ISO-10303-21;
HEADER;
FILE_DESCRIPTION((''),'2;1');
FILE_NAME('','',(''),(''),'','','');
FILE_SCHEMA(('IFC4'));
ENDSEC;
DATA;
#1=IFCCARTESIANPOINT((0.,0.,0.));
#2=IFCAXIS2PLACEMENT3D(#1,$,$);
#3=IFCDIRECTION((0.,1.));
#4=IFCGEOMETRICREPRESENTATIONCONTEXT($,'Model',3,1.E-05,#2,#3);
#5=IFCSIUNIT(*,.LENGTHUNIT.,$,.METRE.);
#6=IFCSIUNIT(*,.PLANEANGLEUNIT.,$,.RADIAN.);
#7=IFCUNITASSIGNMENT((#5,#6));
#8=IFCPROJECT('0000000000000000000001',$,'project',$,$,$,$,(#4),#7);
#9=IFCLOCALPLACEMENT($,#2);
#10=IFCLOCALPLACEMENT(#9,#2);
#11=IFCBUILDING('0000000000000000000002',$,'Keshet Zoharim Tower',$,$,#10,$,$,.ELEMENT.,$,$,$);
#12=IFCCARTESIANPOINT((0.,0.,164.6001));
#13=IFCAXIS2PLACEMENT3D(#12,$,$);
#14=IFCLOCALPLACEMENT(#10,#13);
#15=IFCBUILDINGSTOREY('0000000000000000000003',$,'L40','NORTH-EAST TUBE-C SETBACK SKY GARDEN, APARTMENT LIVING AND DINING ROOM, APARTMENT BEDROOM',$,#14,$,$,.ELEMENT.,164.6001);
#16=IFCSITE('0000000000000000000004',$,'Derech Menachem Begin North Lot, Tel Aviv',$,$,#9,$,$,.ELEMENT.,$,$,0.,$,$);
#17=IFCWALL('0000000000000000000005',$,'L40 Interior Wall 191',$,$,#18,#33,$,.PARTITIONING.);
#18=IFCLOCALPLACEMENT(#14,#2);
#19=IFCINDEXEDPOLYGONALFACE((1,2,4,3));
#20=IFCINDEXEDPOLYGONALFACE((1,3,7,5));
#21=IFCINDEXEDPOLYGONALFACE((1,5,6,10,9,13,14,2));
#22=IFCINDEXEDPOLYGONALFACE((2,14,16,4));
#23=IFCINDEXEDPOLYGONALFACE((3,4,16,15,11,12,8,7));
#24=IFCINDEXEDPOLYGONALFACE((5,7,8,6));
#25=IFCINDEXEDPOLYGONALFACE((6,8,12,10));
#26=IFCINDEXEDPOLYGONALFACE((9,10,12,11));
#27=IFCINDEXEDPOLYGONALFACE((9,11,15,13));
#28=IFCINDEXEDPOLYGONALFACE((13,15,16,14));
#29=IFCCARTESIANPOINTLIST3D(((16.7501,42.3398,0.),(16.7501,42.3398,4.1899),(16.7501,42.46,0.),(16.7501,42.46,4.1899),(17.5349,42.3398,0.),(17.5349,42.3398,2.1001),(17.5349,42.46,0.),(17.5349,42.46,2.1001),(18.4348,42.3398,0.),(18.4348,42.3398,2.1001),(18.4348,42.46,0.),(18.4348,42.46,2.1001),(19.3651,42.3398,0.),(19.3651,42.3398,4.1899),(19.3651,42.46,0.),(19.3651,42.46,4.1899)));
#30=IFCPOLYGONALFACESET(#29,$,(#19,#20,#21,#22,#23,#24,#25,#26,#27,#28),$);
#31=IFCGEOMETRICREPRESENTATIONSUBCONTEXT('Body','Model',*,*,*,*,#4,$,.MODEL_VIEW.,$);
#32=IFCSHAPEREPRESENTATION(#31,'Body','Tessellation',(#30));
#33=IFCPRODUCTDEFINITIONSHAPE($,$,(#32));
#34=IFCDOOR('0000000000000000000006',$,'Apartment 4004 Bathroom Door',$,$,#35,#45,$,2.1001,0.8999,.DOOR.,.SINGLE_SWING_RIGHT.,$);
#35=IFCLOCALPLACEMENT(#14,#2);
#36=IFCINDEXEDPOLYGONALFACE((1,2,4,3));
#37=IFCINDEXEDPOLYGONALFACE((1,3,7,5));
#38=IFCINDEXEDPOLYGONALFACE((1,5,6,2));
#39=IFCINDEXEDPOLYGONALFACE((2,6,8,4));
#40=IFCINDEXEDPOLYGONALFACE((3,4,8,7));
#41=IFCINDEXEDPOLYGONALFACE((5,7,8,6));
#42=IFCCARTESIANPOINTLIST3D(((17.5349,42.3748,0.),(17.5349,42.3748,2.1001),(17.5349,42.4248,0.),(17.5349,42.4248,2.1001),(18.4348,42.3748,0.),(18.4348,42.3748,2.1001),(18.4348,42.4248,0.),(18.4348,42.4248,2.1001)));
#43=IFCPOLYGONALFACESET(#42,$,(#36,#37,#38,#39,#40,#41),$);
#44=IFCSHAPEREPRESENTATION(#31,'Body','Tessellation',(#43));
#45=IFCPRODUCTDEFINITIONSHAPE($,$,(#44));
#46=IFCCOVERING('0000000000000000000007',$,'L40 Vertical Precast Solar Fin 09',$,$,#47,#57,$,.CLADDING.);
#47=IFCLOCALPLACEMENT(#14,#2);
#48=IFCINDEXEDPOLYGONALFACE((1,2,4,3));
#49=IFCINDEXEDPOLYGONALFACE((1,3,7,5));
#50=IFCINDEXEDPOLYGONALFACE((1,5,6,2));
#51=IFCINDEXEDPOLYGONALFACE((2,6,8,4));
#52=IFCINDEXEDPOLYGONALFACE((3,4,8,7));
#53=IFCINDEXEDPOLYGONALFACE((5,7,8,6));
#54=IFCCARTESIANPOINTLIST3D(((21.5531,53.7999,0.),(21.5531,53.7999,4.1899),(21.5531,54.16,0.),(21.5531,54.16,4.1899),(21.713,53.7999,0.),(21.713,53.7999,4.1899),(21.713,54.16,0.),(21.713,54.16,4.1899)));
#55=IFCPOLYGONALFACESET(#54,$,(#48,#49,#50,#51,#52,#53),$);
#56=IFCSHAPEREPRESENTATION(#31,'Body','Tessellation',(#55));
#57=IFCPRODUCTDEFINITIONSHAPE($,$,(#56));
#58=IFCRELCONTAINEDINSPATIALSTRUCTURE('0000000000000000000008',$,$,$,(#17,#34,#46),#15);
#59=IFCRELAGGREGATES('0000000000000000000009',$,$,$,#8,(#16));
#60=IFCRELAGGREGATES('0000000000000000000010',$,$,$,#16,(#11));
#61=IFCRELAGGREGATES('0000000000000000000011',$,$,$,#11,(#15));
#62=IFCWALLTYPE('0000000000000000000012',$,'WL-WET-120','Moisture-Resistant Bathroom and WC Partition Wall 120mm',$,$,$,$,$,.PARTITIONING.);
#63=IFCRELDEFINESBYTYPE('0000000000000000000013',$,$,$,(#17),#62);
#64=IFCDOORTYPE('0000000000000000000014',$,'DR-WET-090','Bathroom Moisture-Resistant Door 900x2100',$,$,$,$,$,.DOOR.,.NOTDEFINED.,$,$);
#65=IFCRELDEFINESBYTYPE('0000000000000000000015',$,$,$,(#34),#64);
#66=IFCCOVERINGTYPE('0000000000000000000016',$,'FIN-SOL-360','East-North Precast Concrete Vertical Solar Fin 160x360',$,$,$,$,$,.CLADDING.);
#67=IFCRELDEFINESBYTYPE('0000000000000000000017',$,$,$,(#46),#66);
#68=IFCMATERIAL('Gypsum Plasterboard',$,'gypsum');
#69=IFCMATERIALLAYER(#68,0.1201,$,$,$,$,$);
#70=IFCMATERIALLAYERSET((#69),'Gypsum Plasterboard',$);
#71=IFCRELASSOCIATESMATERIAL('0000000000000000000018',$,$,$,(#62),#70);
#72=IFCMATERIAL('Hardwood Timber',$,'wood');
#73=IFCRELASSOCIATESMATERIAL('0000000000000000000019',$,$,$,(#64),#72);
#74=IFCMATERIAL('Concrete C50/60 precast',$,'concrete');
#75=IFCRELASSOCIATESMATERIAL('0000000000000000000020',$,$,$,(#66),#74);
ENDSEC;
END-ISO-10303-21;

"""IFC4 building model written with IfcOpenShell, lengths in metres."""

from ifc_helpers import new_model, si_unit, direction, frame, frame_2d, origin, origin_2d, place, context, subcontext, project, spatial, rectangle, extrude, material, layer, layer_set, type_object, element, fill, save


model = new_model("IFC4")

# Units and contexts
model_context = context("Model", 3, precision=1e-05, world=origin(), true_north=direction((0.0, 1.0)))
body_context = subcontext(model_context, "Body", "Model", "MODEL_VIEW")
ifc_project = project(units=[si_unit("LENGTHUNIT", "METRE"), si_unit("PLANEANGLEUNIT", "RADIAN")], contexts=[model_context])

# Site, building, storey
site_placement = place(None, origin())
site = spatial("IfcSite", under=ifc_project, at=site_placement, Name="Derech Menachem Begin North Lot, Tel Aviv", CompositionType="ELEMENT", RefElevation=0.0)
building_placement = place(site_placement, origin())
building = spatial("IfcBuilding", under=site, at=building_placement, Name="Keshet Zoharim Tower", CompositionType="ELEMENT")
storey_placement = place(building_placement, frame((0.0, 0.0, 164.6001)))
storey = spatial("IfcBuildingStorey", under=building, at=storey_placement, Name="L40", Description="NORTH-EAST TUBE-C SETBACK SKY GARDEN, APARTMENT LIVING AND DINING ROOM, APARTMENT BEDROOM", CompositionType="ELEMENT", Elevation=164.6001)

# Shared definitions
ifc_material_1 = material(Name="Gypsum Plasterboard", Category="gypsum")

# Shared definitions
ifc_material_2 = material(Name="Hardwood Timber", Category="wood")

# Shared definitions
ifc_layer_1 = layer(ifc_material_1, 0.1201)
ifc_layer_set_1 = layer_set([ifc_layer_1], Name="Gypsum Plasterboard")
wall_type_1 = type_object("IfcWallType", Name="WL-WET-120", Description="Moisture-Resistant Bathroom and WC Partition Wall 120mm", PredefinedType="PARTITIONING", material=ifc_layer_set_1)

# Wall, opening, door
wall_1_placement = place(storey_placement, frame((16.75, 42.3999, 0.0), z_axis=(0.0, 0.0, 1.0), x_axis=(1.0, 0.0, 0.0)))
wall_1 = element("IfcWall", 1, at=wall_1_placement, inside=storey, type_object=wall_type_1, Name="L40 Interior Wall 191", PredefinedType="PARTITIONING", context=body_context, shape_type="SweptSolid", body=[
    extrude(rectangle(XDim=2.615, YDim=0.1201, at=frame_2d((1.3076, 0.0))), origin(), (0.0, 0.0, 1.0), 4.1899),
])
opening_1_placement = place(wall_1_placement, frame((0.7849, 0.0, 0.0)))
opening_1 = element("IfcOpeningElement", 2, at=opening_1_placement, cuts=wall_1, PredefinedType="OPENING", context=body_context, shape_type="SweptSolid", body=[
    extrude(rectangle(XDim=0.8999, YDim=2.1001, at=frame_2d((0.45, 1.05))), frame((0.0, 0.0701, 0.0), z_axis=(0.0, -1.0, 0.0), x_axis=(1.0, 0.0, 0.0)), (0.0, 0.0, 1.0), 0.1401),
])
door_type_1 = type_object("IfcDoorType", Name="DR-WET-090", Description="Bathroom Moisture-Resistant Door 900x2100", OperationType="NOTDEFINED", PredefinedType="DOOR", material=ifc_material_2)
door_1_placement = place(opening_1_placement, origin())
door_1 = element("IfcDoor", 3, at=door_1_placement, inside=storey, type_object=door_type_1, Name="Apartment 4004 Bathroom Door", OperationType="SINGLE_SWING_RIGHT", OverallHeight=2.1001, OverallWidth=0.8999, PredefinedType="DOOR", context=body_context, shape_type="SweptSolid", body=[
    extrude(rectangle(XDim=0.8999, YDim=2.1001, at=frame_2d((0.45, 1.05))), frame((0.0, 0.0249, 0.0), z_axis=(0.0, -1.0, 0.0), x_axis=(1.0, 0.0, 0.0)), (0.0, 0.0, 1.0), 0.05),
])
fill(opening_1, door_1)

# Covering
ifc_material_3 = material(Name="Concrete C50/60 precast", Category="concrete")
covering_type = type_object("IfcCoveringType", Name="FIN-SOL-360", Description="East-North Precast Concrete Vertical Solar Fin 160x360", PredefinedType="CLADDING", material=ifc_material_3)
covering_placement = place(storey_placement, frame((21.6331, 53.98, 0.0), z_axis=(0.0, 0.0, 1.0), x_axis=(1.0, 0.0, 0.0)))
element("IfcCovering", 4, at=covering_placement, inside=storey, type_object=covering_type, Name="L40 Vertical Precast Solar Fin 09", PredefinedType="CLADDING", context=body_context, shape_type="SweptSolid", body=[
    extrude(rectangle(XDim=0.1599, YDim=0.3601, at=origin_2d()), origin(), (0.0, 0.0, 1.0), 4.1899),
])

save(model, "model.ifc")
